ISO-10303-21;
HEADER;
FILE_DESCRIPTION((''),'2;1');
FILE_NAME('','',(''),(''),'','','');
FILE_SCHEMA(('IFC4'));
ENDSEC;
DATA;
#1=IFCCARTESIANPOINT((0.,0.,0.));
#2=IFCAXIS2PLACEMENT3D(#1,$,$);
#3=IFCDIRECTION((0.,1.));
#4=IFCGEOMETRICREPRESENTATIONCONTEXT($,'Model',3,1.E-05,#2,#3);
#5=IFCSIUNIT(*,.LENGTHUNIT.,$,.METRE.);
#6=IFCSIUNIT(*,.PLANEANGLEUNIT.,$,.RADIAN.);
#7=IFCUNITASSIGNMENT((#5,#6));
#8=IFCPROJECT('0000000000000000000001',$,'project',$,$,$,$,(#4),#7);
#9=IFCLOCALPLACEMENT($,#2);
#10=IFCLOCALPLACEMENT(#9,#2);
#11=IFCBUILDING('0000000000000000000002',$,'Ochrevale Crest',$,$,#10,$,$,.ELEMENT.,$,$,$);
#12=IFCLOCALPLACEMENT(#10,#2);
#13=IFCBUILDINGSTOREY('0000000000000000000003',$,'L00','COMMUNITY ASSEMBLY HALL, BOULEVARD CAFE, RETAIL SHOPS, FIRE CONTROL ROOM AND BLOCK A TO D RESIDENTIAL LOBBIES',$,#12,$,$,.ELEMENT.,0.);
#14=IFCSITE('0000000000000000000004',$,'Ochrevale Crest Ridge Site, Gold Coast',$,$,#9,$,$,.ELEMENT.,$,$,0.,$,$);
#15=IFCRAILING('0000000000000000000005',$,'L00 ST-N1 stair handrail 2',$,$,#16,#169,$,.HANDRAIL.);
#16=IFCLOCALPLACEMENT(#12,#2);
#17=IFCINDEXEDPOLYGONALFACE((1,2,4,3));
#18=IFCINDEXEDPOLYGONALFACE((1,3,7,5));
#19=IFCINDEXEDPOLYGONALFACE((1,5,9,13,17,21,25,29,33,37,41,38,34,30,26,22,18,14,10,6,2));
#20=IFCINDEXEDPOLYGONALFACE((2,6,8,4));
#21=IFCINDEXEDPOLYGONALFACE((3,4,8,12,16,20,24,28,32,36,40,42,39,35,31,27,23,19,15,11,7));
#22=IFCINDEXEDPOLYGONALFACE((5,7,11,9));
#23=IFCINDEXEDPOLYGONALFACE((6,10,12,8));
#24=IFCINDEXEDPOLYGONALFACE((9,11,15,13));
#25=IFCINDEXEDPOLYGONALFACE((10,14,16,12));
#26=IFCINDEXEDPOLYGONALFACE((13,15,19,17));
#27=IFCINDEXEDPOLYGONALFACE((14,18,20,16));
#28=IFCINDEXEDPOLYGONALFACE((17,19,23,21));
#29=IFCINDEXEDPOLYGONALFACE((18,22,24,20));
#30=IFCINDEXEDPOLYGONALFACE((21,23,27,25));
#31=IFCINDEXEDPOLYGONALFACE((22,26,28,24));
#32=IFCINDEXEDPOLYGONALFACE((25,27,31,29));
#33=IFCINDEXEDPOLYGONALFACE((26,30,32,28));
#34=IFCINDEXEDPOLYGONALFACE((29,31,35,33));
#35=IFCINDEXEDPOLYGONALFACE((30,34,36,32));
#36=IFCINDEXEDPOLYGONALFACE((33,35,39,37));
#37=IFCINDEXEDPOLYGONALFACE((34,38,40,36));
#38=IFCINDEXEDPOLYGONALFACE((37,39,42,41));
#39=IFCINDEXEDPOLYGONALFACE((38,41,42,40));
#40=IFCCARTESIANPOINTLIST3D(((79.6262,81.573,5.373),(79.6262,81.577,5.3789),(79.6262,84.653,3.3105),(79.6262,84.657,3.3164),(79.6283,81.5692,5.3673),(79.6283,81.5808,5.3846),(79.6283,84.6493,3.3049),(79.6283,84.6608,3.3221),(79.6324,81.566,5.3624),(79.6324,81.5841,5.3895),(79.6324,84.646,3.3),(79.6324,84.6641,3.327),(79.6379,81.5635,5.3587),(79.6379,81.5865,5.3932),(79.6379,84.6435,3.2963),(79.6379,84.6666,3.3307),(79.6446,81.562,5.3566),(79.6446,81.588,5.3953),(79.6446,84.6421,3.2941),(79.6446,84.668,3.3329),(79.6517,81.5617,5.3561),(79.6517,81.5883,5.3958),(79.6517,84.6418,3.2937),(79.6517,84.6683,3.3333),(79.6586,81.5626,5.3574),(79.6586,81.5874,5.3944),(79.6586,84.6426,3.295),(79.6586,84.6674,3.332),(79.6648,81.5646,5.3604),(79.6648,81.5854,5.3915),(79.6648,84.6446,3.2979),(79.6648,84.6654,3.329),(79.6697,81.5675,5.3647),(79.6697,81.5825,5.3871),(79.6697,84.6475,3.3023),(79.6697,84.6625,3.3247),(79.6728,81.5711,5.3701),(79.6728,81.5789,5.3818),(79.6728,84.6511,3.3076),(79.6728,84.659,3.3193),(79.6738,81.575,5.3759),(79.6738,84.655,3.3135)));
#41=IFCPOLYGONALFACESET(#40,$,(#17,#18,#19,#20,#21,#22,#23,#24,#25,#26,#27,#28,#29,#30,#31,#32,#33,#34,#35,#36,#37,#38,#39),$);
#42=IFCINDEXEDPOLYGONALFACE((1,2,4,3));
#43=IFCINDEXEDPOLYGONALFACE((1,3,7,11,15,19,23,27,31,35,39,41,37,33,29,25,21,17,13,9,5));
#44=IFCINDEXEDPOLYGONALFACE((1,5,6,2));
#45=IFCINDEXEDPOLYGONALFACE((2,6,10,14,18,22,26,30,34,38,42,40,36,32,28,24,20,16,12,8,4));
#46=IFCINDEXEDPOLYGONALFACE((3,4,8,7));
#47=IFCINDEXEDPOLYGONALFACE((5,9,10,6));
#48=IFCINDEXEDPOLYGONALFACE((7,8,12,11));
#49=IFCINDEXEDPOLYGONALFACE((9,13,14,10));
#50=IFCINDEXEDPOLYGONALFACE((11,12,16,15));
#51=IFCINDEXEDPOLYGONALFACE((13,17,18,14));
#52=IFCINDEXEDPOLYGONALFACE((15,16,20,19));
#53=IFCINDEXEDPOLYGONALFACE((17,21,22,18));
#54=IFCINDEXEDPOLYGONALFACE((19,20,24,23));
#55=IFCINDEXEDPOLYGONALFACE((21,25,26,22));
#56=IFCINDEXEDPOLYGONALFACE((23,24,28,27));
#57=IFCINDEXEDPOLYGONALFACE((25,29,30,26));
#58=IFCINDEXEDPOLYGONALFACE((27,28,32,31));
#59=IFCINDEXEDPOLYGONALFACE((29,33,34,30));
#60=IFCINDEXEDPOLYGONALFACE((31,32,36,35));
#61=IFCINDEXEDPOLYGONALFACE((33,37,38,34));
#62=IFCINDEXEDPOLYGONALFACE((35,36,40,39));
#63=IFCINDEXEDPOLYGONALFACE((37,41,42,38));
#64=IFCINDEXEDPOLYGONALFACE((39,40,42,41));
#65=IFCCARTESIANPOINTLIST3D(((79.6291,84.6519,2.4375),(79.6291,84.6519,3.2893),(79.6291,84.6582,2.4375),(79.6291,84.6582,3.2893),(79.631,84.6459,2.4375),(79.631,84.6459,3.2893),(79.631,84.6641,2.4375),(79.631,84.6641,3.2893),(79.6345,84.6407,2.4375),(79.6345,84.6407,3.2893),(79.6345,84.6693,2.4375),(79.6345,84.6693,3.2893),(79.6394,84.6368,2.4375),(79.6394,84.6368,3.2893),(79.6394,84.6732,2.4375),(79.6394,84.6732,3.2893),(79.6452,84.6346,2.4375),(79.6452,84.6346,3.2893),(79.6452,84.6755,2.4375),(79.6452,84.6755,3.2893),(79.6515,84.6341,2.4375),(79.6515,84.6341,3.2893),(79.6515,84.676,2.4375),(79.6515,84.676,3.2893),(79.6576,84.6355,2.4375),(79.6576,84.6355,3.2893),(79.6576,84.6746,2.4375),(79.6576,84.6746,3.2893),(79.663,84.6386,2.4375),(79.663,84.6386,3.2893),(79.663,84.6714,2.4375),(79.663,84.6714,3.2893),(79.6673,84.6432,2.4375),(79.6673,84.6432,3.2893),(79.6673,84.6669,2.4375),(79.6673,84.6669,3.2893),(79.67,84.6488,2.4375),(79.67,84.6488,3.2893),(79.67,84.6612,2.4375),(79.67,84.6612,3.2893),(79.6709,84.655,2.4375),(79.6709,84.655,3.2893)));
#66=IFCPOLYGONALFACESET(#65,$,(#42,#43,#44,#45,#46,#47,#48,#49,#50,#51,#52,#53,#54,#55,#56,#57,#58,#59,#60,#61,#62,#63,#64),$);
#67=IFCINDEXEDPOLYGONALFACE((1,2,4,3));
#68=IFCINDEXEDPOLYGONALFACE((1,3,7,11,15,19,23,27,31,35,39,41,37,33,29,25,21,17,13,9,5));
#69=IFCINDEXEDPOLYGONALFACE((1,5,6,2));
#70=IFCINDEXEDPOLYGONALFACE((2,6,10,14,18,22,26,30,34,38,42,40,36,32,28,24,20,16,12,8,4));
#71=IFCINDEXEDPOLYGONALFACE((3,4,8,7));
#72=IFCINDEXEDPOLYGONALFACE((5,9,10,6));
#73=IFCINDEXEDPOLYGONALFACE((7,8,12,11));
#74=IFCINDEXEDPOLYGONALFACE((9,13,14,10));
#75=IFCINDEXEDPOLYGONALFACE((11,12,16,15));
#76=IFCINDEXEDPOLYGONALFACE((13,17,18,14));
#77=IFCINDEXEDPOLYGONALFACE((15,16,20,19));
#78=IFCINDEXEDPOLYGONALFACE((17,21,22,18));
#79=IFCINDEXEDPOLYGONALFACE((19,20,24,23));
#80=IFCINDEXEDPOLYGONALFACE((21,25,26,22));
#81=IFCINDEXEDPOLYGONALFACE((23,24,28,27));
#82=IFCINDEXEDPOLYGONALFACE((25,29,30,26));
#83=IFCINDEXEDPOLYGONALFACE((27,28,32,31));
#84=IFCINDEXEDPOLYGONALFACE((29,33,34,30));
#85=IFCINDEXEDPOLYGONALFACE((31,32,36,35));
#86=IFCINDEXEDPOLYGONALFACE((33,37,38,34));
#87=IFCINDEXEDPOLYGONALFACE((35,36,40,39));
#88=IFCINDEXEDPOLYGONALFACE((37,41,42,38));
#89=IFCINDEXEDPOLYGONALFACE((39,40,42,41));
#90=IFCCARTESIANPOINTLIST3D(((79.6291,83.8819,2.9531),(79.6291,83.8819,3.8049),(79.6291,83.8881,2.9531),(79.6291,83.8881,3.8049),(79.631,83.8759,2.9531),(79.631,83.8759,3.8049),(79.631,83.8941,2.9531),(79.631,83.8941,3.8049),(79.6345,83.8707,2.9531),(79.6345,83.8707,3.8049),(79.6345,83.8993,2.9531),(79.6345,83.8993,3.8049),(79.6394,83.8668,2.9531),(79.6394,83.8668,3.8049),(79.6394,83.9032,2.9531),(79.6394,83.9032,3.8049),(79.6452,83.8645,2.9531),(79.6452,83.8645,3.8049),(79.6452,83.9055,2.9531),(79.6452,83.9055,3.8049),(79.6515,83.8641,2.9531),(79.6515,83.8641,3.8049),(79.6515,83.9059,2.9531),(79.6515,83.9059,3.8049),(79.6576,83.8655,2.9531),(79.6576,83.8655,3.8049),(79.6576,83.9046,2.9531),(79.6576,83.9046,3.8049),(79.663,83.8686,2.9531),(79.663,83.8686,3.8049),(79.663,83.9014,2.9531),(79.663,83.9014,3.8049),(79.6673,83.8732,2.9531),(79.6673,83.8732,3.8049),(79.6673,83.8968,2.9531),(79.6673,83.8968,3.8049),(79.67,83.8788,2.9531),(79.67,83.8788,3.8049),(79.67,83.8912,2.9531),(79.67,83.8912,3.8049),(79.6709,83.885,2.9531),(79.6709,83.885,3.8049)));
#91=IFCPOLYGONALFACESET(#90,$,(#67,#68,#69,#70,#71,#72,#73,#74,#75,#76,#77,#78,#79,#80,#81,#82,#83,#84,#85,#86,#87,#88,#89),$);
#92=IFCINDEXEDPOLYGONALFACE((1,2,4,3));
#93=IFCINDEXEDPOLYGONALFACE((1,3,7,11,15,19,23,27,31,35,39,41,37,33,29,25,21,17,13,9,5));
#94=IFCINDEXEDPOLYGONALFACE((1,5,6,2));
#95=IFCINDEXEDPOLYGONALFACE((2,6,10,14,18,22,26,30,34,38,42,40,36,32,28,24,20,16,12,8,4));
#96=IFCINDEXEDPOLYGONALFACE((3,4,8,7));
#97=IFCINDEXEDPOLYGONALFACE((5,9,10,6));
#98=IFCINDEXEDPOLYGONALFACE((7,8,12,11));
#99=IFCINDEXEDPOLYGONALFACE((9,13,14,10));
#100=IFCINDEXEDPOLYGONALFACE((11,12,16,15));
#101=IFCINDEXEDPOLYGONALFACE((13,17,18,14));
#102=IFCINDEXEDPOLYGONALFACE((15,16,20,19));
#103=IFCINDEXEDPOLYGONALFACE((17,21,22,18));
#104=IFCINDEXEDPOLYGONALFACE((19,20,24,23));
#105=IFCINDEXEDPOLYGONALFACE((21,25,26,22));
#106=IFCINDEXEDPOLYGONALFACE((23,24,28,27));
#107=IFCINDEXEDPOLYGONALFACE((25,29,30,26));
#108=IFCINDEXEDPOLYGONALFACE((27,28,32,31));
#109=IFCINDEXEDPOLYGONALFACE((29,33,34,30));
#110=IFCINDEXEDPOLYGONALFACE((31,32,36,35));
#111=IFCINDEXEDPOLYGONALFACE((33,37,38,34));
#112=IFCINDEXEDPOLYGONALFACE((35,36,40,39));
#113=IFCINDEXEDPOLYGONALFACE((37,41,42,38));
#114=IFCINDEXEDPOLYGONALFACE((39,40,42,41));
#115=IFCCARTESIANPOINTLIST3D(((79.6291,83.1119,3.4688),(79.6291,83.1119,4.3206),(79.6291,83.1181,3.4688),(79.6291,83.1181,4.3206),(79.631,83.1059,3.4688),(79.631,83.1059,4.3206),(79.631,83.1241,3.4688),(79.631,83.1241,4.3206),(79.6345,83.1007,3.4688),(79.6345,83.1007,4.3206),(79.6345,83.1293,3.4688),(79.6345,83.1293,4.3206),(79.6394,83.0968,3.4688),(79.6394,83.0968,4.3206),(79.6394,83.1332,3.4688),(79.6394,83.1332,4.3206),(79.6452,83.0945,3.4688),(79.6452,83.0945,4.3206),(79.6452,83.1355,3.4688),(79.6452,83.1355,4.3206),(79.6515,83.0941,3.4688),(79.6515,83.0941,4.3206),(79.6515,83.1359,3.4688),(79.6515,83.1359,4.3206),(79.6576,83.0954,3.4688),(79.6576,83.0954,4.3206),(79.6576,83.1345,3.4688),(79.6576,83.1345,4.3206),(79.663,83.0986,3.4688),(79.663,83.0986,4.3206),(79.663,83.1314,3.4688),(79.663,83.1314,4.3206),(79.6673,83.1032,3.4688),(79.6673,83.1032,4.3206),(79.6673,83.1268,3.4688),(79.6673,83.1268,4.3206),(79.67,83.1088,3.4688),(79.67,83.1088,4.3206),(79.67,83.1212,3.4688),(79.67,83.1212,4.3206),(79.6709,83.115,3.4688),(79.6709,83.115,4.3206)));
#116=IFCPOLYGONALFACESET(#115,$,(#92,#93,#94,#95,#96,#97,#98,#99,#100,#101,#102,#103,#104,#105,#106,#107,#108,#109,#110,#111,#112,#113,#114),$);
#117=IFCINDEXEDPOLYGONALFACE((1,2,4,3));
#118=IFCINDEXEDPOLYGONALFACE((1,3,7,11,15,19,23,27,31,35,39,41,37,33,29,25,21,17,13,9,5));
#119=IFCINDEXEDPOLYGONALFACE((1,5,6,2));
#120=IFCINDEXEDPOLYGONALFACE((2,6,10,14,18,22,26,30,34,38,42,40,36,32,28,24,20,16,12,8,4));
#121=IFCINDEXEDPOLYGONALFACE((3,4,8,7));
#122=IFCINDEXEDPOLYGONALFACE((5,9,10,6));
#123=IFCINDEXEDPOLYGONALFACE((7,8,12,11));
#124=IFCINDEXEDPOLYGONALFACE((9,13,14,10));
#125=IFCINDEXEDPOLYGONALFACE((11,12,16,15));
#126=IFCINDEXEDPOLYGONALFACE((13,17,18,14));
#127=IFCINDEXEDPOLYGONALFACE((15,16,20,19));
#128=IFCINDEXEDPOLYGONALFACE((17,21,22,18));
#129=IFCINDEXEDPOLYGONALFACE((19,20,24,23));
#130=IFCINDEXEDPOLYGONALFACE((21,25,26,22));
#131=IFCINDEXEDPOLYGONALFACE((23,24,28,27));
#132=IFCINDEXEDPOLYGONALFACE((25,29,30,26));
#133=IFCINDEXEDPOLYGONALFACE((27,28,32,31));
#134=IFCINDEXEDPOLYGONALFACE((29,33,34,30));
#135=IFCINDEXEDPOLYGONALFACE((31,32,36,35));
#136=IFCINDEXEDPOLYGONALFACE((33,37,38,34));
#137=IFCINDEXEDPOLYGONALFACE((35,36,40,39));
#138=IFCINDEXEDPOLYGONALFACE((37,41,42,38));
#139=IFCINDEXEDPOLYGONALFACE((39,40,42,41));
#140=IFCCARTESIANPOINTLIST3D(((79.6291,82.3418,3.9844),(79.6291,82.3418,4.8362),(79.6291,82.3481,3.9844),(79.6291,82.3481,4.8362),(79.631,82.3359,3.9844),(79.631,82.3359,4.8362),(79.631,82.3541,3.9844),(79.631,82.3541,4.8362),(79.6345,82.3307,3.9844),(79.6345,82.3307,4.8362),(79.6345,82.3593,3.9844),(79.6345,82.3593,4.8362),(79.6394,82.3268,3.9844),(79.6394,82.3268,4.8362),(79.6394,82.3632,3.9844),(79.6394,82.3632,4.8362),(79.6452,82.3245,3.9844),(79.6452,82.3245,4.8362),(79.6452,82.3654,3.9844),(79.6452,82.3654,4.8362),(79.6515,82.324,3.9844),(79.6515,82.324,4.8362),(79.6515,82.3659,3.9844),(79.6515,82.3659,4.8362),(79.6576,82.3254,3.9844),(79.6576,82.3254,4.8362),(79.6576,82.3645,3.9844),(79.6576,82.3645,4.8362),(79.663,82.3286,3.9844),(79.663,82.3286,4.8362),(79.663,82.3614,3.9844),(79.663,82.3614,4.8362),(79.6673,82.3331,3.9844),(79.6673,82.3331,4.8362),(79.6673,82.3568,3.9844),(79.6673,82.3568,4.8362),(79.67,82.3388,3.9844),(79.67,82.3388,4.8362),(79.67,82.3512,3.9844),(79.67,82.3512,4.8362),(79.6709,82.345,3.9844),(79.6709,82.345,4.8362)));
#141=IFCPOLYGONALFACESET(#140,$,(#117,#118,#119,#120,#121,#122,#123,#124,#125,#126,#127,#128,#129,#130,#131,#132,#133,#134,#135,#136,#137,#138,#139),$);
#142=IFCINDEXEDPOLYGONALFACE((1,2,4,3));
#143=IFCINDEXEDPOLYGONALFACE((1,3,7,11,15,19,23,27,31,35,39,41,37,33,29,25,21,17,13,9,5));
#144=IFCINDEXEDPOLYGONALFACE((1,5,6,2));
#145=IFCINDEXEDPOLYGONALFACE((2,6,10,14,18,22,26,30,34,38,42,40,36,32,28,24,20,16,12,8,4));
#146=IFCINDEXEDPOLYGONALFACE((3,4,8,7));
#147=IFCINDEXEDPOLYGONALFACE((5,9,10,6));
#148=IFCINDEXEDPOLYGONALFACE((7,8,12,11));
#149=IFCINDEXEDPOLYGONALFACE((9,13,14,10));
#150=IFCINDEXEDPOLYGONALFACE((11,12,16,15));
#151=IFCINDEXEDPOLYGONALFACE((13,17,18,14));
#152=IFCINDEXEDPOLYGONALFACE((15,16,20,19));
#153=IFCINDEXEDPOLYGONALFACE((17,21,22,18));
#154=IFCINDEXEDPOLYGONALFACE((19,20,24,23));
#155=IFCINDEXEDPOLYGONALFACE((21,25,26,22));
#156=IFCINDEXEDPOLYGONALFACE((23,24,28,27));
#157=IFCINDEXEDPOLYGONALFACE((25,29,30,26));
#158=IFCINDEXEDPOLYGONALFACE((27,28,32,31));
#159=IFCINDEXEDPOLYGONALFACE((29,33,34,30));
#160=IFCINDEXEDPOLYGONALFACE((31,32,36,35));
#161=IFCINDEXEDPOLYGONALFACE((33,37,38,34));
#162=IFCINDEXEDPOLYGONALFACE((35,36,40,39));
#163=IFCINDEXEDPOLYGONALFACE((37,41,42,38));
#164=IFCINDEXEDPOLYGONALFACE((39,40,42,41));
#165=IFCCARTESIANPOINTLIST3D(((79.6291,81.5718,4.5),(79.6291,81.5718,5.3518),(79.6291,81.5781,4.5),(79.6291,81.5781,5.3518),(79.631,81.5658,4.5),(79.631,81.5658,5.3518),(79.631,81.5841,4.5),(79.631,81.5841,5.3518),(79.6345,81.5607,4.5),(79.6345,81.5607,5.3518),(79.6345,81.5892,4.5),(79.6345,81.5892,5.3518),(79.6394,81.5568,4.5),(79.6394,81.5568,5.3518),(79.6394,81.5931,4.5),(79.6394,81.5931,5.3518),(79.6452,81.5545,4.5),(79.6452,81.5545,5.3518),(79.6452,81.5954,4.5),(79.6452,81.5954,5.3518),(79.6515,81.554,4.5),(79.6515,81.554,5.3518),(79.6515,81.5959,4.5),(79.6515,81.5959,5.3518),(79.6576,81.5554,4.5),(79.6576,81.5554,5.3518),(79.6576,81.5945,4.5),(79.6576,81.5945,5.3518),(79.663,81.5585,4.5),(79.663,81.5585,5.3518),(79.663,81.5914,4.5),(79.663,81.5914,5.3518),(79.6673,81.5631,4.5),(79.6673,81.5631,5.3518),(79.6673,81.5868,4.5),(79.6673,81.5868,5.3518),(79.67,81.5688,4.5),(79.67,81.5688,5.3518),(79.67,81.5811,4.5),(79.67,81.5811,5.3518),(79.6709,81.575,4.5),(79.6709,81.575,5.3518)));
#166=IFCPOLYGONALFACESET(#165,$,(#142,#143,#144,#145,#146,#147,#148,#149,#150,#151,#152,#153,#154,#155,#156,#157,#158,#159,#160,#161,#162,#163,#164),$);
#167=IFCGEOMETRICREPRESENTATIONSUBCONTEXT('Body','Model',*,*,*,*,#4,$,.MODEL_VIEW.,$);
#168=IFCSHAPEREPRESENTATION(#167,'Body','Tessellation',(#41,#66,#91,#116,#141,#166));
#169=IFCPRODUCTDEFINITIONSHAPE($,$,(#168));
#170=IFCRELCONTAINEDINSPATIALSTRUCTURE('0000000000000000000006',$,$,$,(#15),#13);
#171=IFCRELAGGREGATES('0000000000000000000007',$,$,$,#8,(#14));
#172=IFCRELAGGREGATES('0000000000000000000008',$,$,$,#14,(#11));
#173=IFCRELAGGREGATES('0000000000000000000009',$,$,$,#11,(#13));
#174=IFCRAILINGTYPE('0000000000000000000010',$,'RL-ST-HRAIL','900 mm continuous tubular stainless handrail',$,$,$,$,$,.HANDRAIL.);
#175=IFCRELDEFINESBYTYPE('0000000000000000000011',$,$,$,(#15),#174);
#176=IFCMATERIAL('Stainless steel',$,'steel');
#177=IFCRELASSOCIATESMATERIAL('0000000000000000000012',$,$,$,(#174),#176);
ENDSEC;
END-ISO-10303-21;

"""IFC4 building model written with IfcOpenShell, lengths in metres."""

from ifc_helpers import new_model, si_unit, direction, frame, origin, origin_2d, place, context, subcontext, project, spatial, circle, extrude, material, type_object, element, save


model = new_model("IFC4")

# Units and contexts
model_context = context("Model", 3, precision=1e-05, world=origin(), true_north=direction((0.0, 1.0)))
body_context = subcontext(model_context, "Body", "Model", "MODEL_VIEW")
ifc_project = project(units=[si_unit("LENGTHUNIT", "METRE"), si_unit("PLANEANGLEUNIT", "RADIAN")], contexts=[model_context])

# Site, building, storey
site_placement = place(None, origin())
site = spatial("IfcSite", under=ifc_project, at=site_placement, Name="Ochrevale Crest Ridge Site, Gold Coast", CompositionType="ELEMENT", RefElevation=0.0)
building_placement = place(site_placement, origin())
building = spatial("IfcBuilding", under=site, at=building_placement, Name="Ochrevale Crest", CompositionType="ELEMENT")
storey_placement = place(building_placement, origin())
storey = spatial("IfcBuildingStorey", under=building, at=storey_placement, Name="L00", Description="COMMUNITY ASSEMBLY HALL, BOULEVARD CAFE, RETAIL SHOPS, FIRE CONTROL ROOM AND BLOCK A TO D RESIDENTIAL LOBBIES", CompositionType="ELEMENT", Elevation=0.0)

# Railing
ifc_material_1 = material(Name="Stainless steel", Category="steel")
railing_type_1 = type_object("IfcRailingType", Name="RL-ST-HRAIL", Description="900 mm continuous tubular stainless handrail", PredefinedType="HANDRAIL", material=ifc_material_1)
railing_1_placement = place(storey_placement, frame((79.6499, 84.655, 2.4375)))
element("IfcRailing", 1, at=railing_1_placement, inside=storey, type_object=railing_type_1, Name="L00 ST-N1 stair handrail 2", PredefinedType="HANDRAIL", context=body_context, shape_type="SweptSolid", body=[
    extrude(circle(Radius=0.0239, at=origin_2d()), frame((0.0, 0.0, 0.876), z_axis=(0.0, -0.830914, 0.556401), x_axis=(1.0, 0.0, 0.0)), (0.0, 0.0, 1.0), 3.7068),
    extrude(circle(Radius=0.021, at=origin_2d()), origin(), (0.0, 0.0, 1.0), 0.8518),
    extrude(circle(Radius=0.021, at=origin_2d()), frame((0.0, -0.77, 0.5156)), (0.0, 0.0, 1.0), 0.8518),
    extrude(circle(Radius=0.021, at=origin_2d()), frame((0.0, -1.54, 1.0312)), (0.0, 0.0, 1.0), 0.8518),
    extrude(circle(Radius=0.021, at=origin_2d()), frame((0.0, -2.3101, 1.5469)), (0.0, 0.0, 1.0), 0.8518),
    extrude(circle(Radius=0.021, at=origin_2d()), frame((0.0, -3.0801, 2.0625)), (0.0, 0.0, 1.0), 0.8518),
])

save(model, "model.ifc")
